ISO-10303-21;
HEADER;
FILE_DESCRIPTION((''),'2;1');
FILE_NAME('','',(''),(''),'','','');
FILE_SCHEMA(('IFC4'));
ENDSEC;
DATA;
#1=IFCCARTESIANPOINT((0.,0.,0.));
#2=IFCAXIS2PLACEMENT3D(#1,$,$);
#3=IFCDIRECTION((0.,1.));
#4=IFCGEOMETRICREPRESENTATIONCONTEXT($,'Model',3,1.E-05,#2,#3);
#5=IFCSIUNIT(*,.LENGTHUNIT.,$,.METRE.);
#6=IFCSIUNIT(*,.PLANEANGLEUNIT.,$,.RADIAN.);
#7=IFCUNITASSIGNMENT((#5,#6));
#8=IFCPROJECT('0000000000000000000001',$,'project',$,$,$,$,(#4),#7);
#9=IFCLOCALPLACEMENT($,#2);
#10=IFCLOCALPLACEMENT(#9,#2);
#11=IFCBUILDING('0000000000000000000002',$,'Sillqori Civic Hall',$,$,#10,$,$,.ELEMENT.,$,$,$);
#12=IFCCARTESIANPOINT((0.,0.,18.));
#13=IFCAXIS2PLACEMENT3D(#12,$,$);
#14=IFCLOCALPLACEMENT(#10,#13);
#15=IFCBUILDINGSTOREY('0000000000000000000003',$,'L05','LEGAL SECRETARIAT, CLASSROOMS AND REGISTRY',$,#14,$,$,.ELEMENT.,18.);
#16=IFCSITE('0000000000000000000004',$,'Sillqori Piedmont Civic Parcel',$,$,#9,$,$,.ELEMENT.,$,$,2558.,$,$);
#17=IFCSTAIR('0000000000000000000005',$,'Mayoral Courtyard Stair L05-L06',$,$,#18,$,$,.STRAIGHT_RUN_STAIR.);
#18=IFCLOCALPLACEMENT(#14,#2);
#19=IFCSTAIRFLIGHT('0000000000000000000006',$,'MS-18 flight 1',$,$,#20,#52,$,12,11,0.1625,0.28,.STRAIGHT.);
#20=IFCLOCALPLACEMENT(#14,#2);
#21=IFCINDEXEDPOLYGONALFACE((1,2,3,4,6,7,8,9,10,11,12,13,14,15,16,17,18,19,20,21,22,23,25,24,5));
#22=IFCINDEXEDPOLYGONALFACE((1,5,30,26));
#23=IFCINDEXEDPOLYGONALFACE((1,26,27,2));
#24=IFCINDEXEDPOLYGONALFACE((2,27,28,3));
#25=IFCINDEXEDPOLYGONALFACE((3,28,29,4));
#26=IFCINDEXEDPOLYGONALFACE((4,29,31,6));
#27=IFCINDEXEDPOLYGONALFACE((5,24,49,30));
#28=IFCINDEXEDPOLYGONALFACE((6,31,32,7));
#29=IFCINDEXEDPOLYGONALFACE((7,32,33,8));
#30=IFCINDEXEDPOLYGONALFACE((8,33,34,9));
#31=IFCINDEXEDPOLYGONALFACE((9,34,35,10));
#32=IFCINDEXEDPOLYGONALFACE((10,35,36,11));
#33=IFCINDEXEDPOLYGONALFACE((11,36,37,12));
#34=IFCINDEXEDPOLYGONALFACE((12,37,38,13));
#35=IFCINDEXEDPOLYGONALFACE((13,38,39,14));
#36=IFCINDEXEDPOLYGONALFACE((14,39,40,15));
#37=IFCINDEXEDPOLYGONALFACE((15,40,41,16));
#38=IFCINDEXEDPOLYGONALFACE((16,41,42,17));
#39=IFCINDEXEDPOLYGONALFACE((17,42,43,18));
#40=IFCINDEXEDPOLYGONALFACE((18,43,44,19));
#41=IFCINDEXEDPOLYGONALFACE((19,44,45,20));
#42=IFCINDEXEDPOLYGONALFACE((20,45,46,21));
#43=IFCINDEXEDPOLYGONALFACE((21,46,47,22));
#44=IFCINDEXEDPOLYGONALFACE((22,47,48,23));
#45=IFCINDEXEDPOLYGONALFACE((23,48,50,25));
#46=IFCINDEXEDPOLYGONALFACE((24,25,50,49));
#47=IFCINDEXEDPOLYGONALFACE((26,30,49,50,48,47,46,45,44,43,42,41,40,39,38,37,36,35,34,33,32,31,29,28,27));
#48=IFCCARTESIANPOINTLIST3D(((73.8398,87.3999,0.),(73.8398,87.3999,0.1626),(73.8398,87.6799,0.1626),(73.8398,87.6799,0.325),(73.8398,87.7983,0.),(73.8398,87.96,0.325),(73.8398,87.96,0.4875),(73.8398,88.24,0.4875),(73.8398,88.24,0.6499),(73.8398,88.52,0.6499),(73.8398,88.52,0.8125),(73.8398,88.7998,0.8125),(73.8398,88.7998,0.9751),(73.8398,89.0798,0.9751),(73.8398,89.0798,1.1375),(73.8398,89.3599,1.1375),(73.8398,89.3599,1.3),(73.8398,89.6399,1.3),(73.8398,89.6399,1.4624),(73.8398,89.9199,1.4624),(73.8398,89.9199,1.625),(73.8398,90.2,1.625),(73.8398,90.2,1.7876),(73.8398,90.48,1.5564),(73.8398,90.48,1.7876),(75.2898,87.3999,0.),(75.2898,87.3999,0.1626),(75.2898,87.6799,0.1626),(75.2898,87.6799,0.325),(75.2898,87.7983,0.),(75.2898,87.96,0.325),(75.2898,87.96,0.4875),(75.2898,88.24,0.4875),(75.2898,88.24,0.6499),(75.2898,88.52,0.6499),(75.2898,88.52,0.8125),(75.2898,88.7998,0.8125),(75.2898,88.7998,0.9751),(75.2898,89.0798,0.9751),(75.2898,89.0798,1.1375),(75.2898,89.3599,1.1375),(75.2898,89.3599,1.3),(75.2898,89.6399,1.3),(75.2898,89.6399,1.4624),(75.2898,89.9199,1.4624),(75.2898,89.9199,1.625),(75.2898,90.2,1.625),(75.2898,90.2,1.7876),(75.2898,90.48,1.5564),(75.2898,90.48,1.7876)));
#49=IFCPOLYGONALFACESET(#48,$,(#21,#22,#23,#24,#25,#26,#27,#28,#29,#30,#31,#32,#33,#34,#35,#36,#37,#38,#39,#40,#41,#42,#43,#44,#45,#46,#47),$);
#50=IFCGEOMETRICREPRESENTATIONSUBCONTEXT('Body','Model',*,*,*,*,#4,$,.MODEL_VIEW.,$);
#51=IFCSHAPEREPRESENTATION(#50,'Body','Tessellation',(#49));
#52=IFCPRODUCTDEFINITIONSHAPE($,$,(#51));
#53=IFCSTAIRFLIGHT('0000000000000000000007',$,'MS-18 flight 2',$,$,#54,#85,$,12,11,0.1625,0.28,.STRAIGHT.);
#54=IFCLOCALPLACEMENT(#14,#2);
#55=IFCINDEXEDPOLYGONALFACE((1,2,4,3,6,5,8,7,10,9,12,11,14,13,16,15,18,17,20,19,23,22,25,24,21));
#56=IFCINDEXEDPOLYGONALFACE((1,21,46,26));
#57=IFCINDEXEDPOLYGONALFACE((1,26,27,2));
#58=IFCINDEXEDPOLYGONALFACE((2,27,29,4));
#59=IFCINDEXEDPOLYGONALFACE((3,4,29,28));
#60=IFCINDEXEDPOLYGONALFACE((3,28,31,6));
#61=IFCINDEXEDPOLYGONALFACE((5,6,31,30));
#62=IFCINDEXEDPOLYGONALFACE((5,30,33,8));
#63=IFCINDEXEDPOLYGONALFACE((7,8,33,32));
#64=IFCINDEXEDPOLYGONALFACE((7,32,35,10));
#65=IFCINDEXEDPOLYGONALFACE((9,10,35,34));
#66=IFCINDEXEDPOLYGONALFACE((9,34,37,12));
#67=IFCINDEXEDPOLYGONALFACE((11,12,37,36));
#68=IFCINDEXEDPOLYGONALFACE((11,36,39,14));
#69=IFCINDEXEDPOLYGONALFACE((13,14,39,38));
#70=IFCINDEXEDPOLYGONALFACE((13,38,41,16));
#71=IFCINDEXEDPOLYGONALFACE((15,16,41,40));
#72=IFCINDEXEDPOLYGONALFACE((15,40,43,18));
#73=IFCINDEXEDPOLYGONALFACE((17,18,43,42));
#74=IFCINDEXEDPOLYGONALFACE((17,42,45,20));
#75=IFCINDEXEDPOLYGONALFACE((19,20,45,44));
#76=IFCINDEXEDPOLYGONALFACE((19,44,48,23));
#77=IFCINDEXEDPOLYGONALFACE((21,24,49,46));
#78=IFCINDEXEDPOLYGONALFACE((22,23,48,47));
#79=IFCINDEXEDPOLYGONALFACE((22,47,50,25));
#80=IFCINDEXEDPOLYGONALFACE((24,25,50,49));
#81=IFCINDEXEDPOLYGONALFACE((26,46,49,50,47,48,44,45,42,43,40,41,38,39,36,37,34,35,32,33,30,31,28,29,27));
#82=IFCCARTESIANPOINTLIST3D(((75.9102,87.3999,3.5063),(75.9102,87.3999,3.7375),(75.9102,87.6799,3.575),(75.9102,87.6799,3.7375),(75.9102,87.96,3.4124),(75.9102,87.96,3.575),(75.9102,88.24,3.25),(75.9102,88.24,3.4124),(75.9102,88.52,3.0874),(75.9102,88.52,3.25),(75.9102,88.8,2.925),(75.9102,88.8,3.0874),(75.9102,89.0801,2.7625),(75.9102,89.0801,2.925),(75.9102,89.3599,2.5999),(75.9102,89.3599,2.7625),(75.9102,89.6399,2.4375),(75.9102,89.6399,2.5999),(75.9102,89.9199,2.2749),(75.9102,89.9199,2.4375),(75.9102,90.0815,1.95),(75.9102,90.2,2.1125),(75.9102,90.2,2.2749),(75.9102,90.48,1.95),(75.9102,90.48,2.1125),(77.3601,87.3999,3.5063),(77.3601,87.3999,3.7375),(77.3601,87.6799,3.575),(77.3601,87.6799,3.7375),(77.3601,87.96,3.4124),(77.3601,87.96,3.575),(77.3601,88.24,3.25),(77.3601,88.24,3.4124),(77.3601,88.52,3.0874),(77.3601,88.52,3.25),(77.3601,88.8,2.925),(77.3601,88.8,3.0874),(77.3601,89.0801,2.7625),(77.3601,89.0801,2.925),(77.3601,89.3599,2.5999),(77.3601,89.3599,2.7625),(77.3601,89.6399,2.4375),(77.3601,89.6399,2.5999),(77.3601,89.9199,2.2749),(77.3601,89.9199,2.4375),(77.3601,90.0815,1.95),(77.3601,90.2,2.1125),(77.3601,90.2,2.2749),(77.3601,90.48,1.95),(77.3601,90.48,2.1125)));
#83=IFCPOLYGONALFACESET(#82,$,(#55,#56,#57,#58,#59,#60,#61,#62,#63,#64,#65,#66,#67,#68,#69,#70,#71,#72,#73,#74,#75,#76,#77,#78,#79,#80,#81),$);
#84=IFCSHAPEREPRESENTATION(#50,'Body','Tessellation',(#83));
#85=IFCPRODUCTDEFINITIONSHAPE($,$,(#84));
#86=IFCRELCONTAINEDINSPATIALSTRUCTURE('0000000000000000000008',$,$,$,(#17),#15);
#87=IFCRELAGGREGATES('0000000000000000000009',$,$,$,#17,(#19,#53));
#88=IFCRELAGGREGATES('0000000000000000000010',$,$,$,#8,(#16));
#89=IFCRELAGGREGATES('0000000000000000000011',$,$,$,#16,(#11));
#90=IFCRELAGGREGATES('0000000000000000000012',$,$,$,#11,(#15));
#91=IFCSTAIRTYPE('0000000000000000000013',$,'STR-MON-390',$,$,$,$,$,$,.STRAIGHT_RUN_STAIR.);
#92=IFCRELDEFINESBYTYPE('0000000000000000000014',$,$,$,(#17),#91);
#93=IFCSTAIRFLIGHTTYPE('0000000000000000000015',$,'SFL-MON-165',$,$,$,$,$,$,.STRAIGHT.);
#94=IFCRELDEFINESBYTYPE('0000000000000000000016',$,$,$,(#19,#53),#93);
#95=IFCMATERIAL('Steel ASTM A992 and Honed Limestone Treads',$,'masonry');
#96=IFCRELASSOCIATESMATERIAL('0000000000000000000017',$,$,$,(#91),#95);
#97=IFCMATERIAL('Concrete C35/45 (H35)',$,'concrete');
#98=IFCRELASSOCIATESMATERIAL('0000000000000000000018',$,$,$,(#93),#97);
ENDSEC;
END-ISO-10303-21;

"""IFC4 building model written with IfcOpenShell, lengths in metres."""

from ifc_helpers import new_model, si_unit, direction, frame, origin, place, context, subcontext, project, spatial, polyline, outline, extrude, material, type_object, element, aggregate, save


model = new_model("IFC4")

# Units and contexts
model_context = context("Model", 3, precision=1e-05, world=origin(), true_north=direction((0.0, 1.0)))
body_context = subcontext(model_context, "Body", "Model", "MODEL_VIEW")
ifc_project = project(units=[si_unit("LENGTHUNIT", "METRE"), si_unit("PLANEANGLEUNIT", "RADIAN")], contexts=[model_context])

# Site, building, storey
site_placement = place(None, origin())
site = spatial("IfcSite", under=ifc_project, at=site_placement, Name="Sillqori Piedmont Civic Parcel", CompositionType="ELEMENT", RefElevation=2558.0)
building_placement = place(site_placement, origin())
building = spatial("IfcBuilding", under=site, at=building_placement, Name="Sillqori Civic Hall", CompositionType="ELEMENT")
storey_placement = place(building_placement, frame((0.0, 0.0, 18.0)))
storey = spatial("IfcBuildingStorey", under=building, at=storey_placement, Name="L05", Description="LEGAL SECRETARIAT, CLASSROOMS AND REGISTRY", CompositionType="ELEMENT", Elevation=18.0)

# Shared definitions
ifc_material_1 = material(Name="Concrete C35/45 (H35)", Category="concrete")

# Stair, stair flights
ifc_material_2 = material(Name="Steel ASTM A992 and Honed Limestone Treads", Category="masonry")
stair_type_1 = type_object("IfcStairType", Name="STR-MON-390", PredefinedType="STRAIGHT_RUN_STAIR", material=ifc_material_2)
stair_1_placement = place(storey_placement, origin())
stair_1 = element("IfcStair", 1, at=stair_1_placement, inside=storey, type_object=stair_type_1, Name="Mayoral Courtyard Stair L05-L06", PredefinedType="STRAIGHT_RUN_STAIR")
stair_flight_type_1 = type_object("IfcStairFlightType", Name="SFL-MON-165", PredefinedType="STRAIGHT", material=ifc_material_1)
stair_flight_1_placement = place(storey_placement, frame((74.5649, 87.3999, 0.0), z_axis=(0.0, 0.0, 1.0), x_axis=(0.0, 1.0, 0.0)))
stair_flight_1 = element("IfcStairFlight", 2, at=stair_flight_1_placement, type_object=stair_flight_type_1, Name="MS-18 flight 1", NumberOfRisers=12, NumberOfTreads=11, PredefinedType="STRAIGHT", RiserHeight=0.1625, TreadLength=0.28, context=body_context, shape_type="SweptSolid", body=[
    extrude(outline(polyline([(0.0, 0.0), (0.0, 0.1626), (0.28, 0.1626), (0.28, 0.325), (0.5601, 0.325), (0.5601, 0.4875), (0.8401, 0.4875), (0.8401, 0.6499), (1.1201, 0.6499), (1.1201, 0.8125), (1.3999, 0.8125), (1.3999, 0.9751), (1.6799, 0.9751), (1.6799, 1.1375), (1.96, 1.1375), (1.96, 1.3), (2.24, 1.3), (2.24, 1.4624), (2.52, 1.4624), (2.52, 1.625), (2.8, 1.625), (2.8, 1.7876), (3.0801, 1.7876), (3.0801, 1.95), (3.0801, 1.5564), (0.3984, 0.0), (0.0, 0.0)])), frame((0.0, 0.7251, 0.0), z_axis=(0.0, -1.0, 0.0), x_axis=(1.0, 0.0, 0.0)), (0.0, 0.0, 1.0), 1.45),
])
stair_flight_2_placement = place(storey_placement, frame((76.635, 90.48, 1.95), z_axis=(0.0, 0.0, 1.0), x_axis=(0.0, -1.0, 0.0)))
stair_flight_2 = element("IfcStairFlight", 3, at=stair_flight_2_placement, type_object=stair_flight_type_1, Name="MS-18 flight 2", NumberOfRisers=12, NumberOfTreads=11, PredefinedType="STRAIGHT", RiserHeight=0.1625, TreadLength=0.28, context=body_context, shape_type="SweptSolid", body=[
    extrude(outline(polyline([(0.0, 0.0), (0.0, 0.1626), (0.28, 0.1626), (0.28, 0.325), (0.5601, 0.325), (0.5601, 0.4875), (0.8401, 0.4875), (0.8401, 0.6499), (1.1201, 0.6499), (1.1201, 0.8125), (1.3999, 0.8125), (1.3999, 0.9751), (1.6799, 0.9751), (1.6799, 1.1375), (1.96, 1.1375), (1.96, 1.3), (2.24, 1.3), (2.24, 1.4624), (2.52, 1.4624), (2.52, 1.625), (2.8, 1.625), (2.8, 1.7876), (3.0801, 1.7876), (3.0801, 1.95), (3.0801, 1.5564), (0.3984, 0.0), (0.0, 0.0)])), frame((0.0, 0.7251, 0.0), z_axis=(0.0, -1.0, 0.0), x_axis=(1.0, 0.0, 0.0)), (0.0, 0.0, 1.0), 1.45),
])
aggregate(stair_1, [stair_flight_1, stair_flight_2])

save(model, "model.ifc")
